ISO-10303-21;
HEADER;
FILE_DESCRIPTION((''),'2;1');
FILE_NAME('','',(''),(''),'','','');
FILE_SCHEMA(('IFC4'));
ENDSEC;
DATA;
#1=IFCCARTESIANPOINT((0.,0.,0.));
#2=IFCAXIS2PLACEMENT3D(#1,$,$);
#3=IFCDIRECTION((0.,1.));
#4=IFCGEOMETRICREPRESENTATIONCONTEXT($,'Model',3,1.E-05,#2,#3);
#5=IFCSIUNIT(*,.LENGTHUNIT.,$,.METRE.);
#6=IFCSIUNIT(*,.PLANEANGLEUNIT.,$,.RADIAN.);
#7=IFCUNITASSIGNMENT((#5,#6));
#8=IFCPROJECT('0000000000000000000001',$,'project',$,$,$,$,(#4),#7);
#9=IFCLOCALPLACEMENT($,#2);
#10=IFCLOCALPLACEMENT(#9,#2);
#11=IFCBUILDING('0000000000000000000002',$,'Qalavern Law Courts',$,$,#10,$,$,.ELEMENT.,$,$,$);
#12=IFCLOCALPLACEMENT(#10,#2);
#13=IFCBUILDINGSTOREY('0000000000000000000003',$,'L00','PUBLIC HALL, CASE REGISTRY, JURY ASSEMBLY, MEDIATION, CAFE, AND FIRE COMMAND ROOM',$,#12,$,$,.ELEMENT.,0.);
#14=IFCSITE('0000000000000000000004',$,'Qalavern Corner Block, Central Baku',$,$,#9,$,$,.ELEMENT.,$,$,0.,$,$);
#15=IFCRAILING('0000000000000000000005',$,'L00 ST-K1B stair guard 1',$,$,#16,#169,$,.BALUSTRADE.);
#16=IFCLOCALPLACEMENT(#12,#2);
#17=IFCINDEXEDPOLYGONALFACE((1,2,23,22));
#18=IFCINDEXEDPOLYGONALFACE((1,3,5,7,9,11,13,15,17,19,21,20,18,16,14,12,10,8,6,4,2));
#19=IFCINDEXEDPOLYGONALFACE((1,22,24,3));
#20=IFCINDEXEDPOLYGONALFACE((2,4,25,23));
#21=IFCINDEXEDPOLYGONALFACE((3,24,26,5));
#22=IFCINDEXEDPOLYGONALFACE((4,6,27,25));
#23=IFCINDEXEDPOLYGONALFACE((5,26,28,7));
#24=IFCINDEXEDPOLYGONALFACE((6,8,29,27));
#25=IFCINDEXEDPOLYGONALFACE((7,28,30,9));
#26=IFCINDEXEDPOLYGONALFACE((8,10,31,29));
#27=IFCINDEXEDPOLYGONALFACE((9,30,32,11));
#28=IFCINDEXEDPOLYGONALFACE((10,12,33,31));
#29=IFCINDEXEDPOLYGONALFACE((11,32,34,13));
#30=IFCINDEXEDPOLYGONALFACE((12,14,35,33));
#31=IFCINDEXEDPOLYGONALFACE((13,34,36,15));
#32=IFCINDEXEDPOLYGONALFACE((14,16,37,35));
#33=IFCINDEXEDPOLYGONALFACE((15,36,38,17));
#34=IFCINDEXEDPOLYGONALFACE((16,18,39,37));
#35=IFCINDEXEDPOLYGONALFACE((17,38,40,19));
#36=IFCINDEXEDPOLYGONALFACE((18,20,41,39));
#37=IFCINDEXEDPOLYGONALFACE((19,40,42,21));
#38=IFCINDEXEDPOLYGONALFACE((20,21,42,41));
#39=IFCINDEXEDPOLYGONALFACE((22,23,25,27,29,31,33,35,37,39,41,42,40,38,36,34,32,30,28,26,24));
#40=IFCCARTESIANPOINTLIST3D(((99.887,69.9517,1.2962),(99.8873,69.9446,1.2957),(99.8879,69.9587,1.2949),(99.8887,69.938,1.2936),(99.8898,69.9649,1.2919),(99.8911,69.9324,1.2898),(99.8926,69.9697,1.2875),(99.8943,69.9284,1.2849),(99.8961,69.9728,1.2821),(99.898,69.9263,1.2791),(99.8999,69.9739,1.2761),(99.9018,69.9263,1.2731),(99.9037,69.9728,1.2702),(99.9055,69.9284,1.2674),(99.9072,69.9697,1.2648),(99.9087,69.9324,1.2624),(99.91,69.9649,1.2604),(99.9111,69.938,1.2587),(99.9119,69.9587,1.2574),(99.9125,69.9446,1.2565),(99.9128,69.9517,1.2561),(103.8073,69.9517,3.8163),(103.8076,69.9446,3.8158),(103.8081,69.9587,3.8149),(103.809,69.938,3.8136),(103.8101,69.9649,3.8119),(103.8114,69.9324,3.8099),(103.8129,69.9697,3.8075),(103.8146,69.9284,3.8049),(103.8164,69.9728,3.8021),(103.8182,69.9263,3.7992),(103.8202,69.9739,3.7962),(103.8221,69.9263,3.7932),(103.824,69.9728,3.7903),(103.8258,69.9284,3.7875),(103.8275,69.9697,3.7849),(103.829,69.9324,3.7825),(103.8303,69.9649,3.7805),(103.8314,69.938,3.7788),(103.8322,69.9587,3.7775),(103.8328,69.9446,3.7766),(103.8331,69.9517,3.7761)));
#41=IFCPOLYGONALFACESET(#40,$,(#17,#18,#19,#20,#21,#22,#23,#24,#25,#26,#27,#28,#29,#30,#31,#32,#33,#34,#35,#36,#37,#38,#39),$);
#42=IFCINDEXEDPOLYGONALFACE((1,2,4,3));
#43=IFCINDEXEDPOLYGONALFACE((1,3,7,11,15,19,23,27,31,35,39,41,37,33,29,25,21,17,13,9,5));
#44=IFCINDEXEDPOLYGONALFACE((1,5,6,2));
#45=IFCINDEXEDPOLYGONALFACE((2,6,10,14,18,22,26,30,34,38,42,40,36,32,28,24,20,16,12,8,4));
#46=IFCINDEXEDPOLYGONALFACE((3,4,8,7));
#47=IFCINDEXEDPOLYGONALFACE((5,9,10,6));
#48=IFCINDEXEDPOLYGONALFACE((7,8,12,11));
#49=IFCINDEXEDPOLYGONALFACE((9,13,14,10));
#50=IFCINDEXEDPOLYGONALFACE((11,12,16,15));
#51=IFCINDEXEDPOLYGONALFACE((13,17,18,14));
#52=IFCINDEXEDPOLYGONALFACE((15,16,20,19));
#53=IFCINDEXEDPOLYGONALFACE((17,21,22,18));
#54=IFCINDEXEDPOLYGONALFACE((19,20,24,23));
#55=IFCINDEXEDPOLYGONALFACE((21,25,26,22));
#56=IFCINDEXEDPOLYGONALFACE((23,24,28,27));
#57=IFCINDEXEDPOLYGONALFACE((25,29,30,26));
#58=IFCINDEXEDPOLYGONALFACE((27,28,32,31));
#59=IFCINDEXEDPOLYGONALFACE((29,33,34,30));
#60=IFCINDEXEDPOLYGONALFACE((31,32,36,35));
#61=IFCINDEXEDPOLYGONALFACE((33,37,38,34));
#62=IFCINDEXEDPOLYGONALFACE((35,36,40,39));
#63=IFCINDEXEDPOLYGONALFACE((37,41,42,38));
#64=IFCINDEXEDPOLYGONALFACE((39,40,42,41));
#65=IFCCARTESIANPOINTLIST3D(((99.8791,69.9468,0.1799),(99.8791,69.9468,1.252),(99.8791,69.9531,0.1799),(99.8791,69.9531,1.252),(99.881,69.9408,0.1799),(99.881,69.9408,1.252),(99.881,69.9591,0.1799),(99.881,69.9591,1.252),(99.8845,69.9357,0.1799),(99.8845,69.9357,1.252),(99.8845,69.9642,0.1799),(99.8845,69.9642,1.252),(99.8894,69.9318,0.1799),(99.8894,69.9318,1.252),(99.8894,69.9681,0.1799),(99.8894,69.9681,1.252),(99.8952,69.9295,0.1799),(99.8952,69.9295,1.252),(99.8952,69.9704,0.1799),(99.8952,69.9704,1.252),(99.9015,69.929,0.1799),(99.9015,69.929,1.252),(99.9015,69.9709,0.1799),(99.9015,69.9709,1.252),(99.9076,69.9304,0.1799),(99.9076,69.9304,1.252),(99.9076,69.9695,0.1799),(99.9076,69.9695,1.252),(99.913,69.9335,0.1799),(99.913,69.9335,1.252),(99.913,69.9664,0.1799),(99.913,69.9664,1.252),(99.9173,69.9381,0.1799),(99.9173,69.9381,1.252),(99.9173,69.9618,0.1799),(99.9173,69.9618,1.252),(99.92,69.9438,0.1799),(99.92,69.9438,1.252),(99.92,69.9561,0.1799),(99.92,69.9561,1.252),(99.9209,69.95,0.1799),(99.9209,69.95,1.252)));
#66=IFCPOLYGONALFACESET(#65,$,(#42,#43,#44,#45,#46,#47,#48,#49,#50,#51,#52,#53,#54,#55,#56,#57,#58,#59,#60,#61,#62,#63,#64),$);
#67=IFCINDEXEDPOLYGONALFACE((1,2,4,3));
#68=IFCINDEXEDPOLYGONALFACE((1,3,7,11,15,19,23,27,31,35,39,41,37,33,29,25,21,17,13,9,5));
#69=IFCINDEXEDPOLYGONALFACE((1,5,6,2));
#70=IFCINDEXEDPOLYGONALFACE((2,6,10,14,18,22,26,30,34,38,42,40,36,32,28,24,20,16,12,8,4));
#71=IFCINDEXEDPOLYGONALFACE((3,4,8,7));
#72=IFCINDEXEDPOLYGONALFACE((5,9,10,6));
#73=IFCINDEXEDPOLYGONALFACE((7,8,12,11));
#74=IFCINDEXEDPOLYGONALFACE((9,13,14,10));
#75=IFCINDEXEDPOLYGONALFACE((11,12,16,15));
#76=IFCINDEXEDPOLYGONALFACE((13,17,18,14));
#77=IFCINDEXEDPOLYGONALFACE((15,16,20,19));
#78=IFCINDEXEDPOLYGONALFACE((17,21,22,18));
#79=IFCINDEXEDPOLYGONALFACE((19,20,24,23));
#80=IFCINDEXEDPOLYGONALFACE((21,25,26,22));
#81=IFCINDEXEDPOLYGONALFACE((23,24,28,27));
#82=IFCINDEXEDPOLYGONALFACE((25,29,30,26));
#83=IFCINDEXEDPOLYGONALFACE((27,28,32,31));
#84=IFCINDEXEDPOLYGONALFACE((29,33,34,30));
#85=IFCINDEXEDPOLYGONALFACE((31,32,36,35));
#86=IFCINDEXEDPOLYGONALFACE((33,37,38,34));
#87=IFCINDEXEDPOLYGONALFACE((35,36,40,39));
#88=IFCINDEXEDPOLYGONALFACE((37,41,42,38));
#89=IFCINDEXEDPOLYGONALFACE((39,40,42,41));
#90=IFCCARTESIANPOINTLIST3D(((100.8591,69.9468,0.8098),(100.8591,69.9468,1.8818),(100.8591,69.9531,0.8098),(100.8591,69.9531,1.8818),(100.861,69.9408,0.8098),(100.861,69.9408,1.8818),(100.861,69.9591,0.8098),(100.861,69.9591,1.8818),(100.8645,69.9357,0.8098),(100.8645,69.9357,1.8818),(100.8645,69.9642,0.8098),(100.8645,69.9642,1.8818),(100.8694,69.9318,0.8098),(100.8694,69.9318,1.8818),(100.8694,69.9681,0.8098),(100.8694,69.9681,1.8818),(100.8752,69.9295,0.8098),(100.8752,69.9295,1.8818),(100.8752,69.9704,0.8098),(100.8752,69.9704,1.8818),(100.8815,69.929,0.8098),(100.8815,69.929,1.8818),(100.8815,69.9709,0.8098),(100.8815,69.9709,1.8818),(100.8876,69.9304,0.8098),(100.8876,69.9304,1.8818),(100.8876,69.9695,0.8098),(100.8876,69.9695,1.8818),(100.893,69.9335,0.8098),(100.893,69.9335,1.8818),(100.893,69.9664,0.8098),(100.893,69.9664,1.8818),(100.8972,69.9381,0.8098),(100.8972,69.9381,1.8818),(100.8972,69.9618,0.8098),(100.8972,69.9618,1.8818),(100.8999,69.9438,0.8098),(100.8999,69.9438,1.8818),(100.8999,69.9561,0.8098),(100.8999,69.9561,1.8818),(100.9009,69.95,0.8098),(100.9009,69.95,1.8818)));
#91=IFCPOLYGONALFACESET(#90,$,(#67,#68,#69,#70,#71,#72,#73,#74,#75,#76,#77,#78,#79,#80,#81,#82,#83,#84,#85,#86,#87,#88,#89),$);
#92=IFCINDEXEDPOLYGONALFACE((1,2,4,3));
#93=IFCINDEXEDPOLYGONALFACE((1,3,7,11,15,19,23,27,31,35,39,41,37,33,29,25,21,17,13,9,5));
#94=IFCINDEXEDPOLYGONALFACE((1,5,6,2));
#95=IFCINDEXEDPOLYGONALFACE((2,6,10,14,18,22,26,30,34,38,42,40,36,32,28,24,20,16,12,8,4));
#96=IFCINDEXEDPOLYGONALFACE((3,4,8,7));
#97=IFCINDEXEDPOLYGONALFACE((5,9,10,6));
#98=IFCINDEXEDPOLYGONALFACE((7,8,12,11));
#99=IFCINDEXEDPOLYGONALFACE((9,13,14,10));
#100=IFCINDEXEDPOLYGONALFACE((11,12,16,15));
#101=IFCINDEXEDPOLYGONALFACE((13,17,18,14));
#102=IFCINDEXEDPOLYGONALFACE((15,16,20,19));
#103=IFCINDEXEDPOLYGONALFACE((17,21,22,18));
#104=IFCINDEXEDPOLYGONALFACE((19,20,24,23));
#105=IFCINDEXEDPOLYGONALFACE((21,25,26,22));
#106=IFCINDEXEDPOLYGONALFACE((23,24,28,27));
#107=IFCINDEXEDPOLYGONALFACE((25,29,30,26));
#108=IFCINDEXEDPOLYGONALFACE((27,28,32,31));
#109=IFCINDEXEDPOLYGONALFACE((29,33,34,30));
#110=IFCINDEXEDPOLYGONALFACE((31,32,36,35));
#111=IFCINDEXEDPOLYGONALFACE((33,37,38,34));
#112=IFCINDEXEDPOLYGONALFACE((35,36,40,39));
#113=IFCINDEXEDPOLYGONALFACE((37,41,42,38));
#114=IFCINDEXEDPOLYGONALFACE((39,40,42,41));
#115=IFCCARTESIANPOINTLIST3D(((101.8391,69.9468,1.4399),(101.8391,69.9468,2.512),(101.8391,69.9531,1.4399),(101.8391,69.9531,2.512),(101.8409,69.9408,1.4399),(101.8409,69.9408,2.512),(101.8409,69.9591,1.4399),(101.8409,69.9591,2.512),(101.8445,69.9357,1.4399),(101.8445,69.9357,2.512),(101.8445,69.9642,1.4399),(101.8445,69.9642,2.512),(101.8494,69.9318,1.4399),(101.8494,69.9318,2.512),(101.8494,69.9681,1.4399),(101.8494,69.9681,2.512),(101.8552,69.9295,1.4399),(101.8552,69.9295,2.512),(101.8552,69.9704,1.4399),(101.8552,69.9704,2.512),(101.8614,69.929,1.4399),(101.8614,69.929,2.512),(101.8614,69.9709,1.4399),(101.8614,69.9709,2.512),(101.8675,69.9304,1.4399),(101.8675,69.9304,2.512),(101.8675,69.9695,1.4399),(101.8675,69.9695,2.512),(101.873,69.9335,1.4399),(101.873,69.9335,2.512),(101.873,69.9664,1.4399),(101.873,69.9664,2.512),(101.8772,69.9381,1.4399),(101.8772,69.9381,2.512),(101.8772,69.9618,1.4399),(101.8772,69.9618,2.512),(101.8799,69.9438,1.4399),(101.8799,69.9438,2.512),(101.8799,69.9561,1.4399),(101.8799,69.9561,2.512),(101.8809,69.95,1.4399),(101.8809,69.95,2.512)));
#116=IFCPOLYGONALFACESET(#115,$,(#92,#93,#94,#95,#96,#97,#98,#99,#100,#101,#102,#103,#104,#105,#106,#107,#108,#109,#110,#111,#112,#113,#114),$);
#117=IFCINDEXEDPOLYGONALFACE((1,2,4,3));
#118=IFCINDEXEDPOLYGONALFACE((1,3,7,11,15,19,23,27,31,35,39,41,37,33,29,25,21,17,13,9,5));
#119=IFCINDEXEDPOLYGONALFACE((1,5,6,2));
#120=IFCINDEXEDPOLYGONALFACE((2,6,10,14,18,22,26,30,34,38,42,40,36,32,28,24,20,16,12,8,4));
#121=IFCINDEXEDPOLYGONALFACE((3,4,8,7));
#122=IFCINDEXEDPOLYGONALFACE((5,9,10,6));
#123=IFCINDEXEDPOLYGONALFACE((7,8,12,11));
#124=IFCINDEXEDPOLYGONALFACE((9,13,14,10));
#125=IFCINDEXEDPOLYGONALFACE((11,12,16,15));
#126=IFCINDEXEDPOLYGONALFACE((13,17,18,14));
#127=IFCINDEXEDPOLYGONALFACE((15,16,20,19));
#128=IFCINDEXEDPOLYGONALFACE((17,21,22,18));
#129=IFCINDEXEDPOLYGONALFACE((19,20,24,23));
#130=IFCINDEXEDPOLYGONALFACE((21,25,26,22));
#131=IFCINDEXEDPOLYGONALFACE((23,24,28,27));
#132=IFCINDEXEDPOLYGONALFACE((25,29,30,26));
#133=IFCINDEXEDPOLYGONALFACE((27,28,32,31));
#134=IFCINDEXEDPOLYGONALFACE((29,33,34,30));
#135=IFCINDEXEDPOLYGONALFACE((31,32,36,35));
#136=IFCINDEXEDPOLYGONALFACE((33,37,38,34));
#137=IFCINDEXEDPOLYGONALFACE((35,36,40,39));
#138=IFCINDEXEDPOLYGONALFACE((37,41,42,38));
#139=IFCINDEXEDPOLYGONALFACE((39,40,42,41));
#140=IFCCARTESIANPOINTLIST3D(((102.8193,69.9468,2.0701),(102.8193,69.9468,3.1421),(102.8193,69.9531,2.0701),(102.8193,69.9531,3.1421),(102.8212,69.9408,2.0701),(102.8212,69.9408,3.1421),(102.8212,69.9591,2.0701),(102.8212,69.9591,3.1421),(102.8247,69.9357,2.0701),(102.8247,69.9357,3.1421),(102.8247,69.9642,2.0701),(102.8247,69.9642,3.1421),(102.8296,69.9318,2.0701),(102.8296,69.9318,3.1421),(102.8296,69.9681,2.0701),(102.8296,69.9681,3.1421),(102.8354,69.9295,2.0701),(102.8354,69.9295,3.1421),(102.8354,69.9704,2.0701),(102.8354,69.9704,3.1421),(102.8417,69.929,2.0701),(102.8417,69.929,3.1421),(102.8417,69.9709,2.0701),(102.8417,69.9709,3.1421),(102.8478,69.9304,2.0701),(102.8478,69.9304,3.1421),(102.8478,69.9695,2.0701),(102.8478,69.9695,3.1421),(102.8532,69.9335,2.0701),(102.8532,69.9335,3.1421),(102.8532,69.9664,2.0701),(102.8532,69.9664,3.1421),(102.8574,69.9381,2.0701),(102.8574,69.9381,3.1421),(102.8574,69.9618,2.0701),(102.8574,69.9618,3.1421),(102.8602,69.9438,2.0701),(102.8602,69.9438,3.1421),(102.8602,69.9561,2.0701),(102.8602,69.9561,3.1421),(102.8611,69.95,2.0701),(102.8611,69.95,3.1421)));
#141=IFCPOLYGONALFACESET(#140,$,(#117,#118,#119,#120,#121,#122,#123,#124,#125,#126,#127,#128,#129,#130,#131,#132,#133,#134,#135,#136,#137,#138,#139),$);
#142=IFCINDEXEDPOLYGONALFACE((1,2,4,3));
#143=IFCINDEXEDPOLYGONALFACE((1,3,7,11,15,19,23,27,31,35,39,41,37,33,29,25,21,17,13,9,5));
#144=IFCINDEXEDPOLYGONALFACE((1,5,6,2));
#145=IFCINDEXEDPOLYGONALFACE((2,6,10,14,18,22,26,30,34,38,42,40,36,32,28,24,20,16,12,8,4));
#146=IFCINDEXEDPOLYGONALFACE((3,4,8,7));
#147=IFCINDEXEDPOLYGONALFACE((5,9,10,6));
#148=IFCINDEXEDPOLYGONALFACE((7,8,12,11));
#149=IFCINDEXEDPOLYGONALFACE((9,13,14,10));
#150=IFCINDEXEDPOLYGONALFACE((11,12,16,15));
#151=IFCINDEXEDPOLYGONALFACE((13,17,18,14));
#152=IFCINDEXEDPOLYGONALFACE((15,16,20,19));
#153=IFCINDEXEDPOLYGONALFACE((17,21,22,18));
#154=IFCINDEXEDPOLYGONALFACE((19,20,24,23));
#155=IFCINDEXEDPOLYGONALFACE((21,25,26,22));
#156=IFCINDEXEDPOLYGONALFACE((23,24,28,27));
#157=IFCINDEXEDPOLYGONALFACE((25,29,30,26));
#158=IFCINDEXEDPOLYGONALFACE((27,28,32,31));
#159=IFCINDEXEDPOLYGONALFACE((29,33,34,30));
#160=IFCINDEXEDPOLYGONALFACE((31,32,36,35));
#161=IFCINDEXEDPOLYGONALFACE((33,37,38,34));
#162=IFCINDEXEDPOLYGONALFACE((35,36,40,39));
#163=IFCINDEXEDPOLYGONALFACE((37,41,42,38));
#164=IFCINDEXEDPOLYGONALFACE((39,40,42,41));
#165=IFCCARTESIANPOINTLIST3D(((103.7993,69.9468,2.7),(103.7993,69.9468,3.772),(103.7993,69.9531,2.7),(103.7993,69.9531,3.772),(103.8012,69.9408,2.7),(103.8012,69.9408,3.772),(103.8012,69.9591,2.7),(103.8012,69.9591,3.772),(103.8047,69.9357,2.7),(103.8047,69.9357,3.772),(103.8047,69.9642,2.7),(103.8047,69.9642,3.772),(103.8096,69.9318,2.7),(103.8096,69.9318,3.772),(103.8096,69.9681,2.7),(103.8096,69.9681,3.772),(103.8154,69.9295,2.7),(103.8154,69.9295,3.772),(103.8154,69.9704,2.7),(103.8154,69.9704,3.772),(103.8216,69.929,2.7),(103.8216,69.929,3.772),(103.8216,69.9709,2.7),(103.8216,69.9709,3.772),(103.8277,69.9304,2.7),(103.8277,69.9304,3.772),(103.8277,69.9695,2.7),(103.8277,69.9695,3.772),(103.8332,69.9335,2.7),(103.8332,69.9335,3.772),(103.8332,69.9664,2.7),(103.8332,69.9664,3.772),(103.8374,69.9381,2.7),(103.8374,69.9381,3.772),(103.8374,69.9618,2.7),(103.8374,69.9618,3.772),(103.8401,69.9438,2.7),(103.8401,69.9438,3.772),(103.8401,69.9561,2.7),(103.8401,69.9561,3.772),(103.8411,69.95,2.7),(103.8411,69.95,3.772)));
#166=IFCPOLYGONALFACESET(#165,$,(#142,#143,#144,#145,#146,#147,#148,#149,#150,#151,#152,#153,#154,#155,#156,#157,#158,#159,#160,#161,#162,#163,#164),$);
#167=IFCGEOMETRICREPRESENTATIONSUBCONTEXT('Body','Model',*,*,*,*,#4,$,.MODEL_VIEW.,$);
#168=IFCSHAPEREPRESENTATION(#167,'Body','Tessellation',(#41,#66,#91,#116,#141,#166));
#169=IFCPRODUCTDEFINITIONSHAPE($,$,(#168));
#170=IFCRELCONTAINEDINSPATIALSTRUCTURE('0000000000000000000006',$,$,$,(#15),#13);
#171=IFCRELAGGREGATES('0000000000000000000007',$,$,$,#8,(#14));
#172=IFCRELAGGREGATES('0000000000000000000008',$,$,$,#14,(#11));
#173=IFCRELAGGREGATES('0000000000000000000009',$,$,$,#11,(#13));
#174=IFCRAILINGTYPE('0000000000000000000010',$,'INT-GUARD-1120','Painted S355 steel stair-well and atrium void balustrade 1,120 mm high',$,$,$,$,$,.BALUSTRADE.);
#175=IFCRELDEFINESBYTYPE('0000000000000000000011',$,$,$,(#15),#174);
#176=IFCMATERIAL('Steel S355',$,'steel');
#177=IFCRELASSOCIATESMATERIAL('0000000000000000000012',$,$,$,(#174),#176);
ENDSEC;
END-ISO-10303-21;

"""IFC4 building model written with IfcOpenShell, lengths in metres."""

from ifc_helpers import new_model, si_unit, direction, frame, origin, origin_2d, place, context, subcontext, project, spatial, circle, extrude, material, type_object, element, save


model = new_model("IFC4")

# Units and contexts
model_context = context("Model", 3, precision=1e-05, world=origin(), true_north=direction((0.0, 1.0)))
body_context = subcontext(model_context, "Body", "Model", "MODEL_VIEW")
ifc_project = project(units=[si_unit("LENGTHUNIT", "METRE"), si_unit("PLANEANGLEUNIT", "RADIAN")], contexts=[model_context])

# Site, building, storey
site_placement = place(None, origin())
site = spatial("IfcSite", under=ifc_project, at=site_placement, Name="Qalavern Corner Block, Central Baku", CompositionType="ELEMENT", RefElevation=0.0)
building_placement = place(site_placement, origin())
building = spatial("IfcBuilding", under=site, at=building_placement, Name="Qalavern Law Courts", CompositionType="ELEMENT")
storey_placement = place(building_placement, origin())
storey = spatial("IfcBuildingStorey", under=building, at=storey_placement, Name="L00", Description="PUBLIC HALL, CASE REGISTRY, JURY ASSEMBLY, MEDIATION, CAFE, AND FIRE COMMAND ROOM", CompositionType="ELEMENT", Elevation=0.0)

# Shared definitions
ifc_material_1 = material(Name="Steel S355", Category="steel")

# Railing
railing_type_1 = type_object("IfcRailingType", Name="INT-GUARD-1120", Description="Painted S355 steel stair-well and atrium void balustrade 1,120 mm high", PredefinedType="BALUSTRADE", material=ifc_material_1)
railing_1_placement = place(storey_placement, frame((99.8999, 69.95, 0.1799)))
element("IfcRailing", 1, at=railing_1_placement, inside=storey, type_object=railing_type_1, Name="L00 ST-K1B stair guard 1", PredefinedType="BALUSTRADE", context=body_context, shape_type="SweptSolid", body=[
    extrude(circle(Radius=0.0239, at=origin_2d()), frame((0.0, 0.0, 1.0962), z_axis=(0.841187, 0.0, 0.540744), x_axis=(0.0, 1.0, 0.0)), (0.0, 0.0, 1.0), 4.6604),
    extrude(circle(Radius=0.021, at=origin_2d()), origin(), (0.0, 0.0, 1.0), 1.072),
    extrude(circle(Radius=0.021, at=origin_2d()), frame((0.98, 0.0, 0.6299)), (0.0, 0.0, 1.0), 1.072),
    extrude(circle(Radius=0.021, at=origin_2d()), frame((1.96, 0.0, 1.26)), (0.0, 0.0, 1.0), 1.072),
    extrude(circle(Radius=0.021, at=origin_2d()), frame((2.9402, 0.0, 1.8901)), (0.0, 0.0, 1.0), 1.072),
    extrude(circle(Radius=0.021, at=origin_2d()), frame((3.9202, 0.0, 2.52)), (0.0, 0.0, 1.0), 1.072),
])

save(model, "model.ifc")
